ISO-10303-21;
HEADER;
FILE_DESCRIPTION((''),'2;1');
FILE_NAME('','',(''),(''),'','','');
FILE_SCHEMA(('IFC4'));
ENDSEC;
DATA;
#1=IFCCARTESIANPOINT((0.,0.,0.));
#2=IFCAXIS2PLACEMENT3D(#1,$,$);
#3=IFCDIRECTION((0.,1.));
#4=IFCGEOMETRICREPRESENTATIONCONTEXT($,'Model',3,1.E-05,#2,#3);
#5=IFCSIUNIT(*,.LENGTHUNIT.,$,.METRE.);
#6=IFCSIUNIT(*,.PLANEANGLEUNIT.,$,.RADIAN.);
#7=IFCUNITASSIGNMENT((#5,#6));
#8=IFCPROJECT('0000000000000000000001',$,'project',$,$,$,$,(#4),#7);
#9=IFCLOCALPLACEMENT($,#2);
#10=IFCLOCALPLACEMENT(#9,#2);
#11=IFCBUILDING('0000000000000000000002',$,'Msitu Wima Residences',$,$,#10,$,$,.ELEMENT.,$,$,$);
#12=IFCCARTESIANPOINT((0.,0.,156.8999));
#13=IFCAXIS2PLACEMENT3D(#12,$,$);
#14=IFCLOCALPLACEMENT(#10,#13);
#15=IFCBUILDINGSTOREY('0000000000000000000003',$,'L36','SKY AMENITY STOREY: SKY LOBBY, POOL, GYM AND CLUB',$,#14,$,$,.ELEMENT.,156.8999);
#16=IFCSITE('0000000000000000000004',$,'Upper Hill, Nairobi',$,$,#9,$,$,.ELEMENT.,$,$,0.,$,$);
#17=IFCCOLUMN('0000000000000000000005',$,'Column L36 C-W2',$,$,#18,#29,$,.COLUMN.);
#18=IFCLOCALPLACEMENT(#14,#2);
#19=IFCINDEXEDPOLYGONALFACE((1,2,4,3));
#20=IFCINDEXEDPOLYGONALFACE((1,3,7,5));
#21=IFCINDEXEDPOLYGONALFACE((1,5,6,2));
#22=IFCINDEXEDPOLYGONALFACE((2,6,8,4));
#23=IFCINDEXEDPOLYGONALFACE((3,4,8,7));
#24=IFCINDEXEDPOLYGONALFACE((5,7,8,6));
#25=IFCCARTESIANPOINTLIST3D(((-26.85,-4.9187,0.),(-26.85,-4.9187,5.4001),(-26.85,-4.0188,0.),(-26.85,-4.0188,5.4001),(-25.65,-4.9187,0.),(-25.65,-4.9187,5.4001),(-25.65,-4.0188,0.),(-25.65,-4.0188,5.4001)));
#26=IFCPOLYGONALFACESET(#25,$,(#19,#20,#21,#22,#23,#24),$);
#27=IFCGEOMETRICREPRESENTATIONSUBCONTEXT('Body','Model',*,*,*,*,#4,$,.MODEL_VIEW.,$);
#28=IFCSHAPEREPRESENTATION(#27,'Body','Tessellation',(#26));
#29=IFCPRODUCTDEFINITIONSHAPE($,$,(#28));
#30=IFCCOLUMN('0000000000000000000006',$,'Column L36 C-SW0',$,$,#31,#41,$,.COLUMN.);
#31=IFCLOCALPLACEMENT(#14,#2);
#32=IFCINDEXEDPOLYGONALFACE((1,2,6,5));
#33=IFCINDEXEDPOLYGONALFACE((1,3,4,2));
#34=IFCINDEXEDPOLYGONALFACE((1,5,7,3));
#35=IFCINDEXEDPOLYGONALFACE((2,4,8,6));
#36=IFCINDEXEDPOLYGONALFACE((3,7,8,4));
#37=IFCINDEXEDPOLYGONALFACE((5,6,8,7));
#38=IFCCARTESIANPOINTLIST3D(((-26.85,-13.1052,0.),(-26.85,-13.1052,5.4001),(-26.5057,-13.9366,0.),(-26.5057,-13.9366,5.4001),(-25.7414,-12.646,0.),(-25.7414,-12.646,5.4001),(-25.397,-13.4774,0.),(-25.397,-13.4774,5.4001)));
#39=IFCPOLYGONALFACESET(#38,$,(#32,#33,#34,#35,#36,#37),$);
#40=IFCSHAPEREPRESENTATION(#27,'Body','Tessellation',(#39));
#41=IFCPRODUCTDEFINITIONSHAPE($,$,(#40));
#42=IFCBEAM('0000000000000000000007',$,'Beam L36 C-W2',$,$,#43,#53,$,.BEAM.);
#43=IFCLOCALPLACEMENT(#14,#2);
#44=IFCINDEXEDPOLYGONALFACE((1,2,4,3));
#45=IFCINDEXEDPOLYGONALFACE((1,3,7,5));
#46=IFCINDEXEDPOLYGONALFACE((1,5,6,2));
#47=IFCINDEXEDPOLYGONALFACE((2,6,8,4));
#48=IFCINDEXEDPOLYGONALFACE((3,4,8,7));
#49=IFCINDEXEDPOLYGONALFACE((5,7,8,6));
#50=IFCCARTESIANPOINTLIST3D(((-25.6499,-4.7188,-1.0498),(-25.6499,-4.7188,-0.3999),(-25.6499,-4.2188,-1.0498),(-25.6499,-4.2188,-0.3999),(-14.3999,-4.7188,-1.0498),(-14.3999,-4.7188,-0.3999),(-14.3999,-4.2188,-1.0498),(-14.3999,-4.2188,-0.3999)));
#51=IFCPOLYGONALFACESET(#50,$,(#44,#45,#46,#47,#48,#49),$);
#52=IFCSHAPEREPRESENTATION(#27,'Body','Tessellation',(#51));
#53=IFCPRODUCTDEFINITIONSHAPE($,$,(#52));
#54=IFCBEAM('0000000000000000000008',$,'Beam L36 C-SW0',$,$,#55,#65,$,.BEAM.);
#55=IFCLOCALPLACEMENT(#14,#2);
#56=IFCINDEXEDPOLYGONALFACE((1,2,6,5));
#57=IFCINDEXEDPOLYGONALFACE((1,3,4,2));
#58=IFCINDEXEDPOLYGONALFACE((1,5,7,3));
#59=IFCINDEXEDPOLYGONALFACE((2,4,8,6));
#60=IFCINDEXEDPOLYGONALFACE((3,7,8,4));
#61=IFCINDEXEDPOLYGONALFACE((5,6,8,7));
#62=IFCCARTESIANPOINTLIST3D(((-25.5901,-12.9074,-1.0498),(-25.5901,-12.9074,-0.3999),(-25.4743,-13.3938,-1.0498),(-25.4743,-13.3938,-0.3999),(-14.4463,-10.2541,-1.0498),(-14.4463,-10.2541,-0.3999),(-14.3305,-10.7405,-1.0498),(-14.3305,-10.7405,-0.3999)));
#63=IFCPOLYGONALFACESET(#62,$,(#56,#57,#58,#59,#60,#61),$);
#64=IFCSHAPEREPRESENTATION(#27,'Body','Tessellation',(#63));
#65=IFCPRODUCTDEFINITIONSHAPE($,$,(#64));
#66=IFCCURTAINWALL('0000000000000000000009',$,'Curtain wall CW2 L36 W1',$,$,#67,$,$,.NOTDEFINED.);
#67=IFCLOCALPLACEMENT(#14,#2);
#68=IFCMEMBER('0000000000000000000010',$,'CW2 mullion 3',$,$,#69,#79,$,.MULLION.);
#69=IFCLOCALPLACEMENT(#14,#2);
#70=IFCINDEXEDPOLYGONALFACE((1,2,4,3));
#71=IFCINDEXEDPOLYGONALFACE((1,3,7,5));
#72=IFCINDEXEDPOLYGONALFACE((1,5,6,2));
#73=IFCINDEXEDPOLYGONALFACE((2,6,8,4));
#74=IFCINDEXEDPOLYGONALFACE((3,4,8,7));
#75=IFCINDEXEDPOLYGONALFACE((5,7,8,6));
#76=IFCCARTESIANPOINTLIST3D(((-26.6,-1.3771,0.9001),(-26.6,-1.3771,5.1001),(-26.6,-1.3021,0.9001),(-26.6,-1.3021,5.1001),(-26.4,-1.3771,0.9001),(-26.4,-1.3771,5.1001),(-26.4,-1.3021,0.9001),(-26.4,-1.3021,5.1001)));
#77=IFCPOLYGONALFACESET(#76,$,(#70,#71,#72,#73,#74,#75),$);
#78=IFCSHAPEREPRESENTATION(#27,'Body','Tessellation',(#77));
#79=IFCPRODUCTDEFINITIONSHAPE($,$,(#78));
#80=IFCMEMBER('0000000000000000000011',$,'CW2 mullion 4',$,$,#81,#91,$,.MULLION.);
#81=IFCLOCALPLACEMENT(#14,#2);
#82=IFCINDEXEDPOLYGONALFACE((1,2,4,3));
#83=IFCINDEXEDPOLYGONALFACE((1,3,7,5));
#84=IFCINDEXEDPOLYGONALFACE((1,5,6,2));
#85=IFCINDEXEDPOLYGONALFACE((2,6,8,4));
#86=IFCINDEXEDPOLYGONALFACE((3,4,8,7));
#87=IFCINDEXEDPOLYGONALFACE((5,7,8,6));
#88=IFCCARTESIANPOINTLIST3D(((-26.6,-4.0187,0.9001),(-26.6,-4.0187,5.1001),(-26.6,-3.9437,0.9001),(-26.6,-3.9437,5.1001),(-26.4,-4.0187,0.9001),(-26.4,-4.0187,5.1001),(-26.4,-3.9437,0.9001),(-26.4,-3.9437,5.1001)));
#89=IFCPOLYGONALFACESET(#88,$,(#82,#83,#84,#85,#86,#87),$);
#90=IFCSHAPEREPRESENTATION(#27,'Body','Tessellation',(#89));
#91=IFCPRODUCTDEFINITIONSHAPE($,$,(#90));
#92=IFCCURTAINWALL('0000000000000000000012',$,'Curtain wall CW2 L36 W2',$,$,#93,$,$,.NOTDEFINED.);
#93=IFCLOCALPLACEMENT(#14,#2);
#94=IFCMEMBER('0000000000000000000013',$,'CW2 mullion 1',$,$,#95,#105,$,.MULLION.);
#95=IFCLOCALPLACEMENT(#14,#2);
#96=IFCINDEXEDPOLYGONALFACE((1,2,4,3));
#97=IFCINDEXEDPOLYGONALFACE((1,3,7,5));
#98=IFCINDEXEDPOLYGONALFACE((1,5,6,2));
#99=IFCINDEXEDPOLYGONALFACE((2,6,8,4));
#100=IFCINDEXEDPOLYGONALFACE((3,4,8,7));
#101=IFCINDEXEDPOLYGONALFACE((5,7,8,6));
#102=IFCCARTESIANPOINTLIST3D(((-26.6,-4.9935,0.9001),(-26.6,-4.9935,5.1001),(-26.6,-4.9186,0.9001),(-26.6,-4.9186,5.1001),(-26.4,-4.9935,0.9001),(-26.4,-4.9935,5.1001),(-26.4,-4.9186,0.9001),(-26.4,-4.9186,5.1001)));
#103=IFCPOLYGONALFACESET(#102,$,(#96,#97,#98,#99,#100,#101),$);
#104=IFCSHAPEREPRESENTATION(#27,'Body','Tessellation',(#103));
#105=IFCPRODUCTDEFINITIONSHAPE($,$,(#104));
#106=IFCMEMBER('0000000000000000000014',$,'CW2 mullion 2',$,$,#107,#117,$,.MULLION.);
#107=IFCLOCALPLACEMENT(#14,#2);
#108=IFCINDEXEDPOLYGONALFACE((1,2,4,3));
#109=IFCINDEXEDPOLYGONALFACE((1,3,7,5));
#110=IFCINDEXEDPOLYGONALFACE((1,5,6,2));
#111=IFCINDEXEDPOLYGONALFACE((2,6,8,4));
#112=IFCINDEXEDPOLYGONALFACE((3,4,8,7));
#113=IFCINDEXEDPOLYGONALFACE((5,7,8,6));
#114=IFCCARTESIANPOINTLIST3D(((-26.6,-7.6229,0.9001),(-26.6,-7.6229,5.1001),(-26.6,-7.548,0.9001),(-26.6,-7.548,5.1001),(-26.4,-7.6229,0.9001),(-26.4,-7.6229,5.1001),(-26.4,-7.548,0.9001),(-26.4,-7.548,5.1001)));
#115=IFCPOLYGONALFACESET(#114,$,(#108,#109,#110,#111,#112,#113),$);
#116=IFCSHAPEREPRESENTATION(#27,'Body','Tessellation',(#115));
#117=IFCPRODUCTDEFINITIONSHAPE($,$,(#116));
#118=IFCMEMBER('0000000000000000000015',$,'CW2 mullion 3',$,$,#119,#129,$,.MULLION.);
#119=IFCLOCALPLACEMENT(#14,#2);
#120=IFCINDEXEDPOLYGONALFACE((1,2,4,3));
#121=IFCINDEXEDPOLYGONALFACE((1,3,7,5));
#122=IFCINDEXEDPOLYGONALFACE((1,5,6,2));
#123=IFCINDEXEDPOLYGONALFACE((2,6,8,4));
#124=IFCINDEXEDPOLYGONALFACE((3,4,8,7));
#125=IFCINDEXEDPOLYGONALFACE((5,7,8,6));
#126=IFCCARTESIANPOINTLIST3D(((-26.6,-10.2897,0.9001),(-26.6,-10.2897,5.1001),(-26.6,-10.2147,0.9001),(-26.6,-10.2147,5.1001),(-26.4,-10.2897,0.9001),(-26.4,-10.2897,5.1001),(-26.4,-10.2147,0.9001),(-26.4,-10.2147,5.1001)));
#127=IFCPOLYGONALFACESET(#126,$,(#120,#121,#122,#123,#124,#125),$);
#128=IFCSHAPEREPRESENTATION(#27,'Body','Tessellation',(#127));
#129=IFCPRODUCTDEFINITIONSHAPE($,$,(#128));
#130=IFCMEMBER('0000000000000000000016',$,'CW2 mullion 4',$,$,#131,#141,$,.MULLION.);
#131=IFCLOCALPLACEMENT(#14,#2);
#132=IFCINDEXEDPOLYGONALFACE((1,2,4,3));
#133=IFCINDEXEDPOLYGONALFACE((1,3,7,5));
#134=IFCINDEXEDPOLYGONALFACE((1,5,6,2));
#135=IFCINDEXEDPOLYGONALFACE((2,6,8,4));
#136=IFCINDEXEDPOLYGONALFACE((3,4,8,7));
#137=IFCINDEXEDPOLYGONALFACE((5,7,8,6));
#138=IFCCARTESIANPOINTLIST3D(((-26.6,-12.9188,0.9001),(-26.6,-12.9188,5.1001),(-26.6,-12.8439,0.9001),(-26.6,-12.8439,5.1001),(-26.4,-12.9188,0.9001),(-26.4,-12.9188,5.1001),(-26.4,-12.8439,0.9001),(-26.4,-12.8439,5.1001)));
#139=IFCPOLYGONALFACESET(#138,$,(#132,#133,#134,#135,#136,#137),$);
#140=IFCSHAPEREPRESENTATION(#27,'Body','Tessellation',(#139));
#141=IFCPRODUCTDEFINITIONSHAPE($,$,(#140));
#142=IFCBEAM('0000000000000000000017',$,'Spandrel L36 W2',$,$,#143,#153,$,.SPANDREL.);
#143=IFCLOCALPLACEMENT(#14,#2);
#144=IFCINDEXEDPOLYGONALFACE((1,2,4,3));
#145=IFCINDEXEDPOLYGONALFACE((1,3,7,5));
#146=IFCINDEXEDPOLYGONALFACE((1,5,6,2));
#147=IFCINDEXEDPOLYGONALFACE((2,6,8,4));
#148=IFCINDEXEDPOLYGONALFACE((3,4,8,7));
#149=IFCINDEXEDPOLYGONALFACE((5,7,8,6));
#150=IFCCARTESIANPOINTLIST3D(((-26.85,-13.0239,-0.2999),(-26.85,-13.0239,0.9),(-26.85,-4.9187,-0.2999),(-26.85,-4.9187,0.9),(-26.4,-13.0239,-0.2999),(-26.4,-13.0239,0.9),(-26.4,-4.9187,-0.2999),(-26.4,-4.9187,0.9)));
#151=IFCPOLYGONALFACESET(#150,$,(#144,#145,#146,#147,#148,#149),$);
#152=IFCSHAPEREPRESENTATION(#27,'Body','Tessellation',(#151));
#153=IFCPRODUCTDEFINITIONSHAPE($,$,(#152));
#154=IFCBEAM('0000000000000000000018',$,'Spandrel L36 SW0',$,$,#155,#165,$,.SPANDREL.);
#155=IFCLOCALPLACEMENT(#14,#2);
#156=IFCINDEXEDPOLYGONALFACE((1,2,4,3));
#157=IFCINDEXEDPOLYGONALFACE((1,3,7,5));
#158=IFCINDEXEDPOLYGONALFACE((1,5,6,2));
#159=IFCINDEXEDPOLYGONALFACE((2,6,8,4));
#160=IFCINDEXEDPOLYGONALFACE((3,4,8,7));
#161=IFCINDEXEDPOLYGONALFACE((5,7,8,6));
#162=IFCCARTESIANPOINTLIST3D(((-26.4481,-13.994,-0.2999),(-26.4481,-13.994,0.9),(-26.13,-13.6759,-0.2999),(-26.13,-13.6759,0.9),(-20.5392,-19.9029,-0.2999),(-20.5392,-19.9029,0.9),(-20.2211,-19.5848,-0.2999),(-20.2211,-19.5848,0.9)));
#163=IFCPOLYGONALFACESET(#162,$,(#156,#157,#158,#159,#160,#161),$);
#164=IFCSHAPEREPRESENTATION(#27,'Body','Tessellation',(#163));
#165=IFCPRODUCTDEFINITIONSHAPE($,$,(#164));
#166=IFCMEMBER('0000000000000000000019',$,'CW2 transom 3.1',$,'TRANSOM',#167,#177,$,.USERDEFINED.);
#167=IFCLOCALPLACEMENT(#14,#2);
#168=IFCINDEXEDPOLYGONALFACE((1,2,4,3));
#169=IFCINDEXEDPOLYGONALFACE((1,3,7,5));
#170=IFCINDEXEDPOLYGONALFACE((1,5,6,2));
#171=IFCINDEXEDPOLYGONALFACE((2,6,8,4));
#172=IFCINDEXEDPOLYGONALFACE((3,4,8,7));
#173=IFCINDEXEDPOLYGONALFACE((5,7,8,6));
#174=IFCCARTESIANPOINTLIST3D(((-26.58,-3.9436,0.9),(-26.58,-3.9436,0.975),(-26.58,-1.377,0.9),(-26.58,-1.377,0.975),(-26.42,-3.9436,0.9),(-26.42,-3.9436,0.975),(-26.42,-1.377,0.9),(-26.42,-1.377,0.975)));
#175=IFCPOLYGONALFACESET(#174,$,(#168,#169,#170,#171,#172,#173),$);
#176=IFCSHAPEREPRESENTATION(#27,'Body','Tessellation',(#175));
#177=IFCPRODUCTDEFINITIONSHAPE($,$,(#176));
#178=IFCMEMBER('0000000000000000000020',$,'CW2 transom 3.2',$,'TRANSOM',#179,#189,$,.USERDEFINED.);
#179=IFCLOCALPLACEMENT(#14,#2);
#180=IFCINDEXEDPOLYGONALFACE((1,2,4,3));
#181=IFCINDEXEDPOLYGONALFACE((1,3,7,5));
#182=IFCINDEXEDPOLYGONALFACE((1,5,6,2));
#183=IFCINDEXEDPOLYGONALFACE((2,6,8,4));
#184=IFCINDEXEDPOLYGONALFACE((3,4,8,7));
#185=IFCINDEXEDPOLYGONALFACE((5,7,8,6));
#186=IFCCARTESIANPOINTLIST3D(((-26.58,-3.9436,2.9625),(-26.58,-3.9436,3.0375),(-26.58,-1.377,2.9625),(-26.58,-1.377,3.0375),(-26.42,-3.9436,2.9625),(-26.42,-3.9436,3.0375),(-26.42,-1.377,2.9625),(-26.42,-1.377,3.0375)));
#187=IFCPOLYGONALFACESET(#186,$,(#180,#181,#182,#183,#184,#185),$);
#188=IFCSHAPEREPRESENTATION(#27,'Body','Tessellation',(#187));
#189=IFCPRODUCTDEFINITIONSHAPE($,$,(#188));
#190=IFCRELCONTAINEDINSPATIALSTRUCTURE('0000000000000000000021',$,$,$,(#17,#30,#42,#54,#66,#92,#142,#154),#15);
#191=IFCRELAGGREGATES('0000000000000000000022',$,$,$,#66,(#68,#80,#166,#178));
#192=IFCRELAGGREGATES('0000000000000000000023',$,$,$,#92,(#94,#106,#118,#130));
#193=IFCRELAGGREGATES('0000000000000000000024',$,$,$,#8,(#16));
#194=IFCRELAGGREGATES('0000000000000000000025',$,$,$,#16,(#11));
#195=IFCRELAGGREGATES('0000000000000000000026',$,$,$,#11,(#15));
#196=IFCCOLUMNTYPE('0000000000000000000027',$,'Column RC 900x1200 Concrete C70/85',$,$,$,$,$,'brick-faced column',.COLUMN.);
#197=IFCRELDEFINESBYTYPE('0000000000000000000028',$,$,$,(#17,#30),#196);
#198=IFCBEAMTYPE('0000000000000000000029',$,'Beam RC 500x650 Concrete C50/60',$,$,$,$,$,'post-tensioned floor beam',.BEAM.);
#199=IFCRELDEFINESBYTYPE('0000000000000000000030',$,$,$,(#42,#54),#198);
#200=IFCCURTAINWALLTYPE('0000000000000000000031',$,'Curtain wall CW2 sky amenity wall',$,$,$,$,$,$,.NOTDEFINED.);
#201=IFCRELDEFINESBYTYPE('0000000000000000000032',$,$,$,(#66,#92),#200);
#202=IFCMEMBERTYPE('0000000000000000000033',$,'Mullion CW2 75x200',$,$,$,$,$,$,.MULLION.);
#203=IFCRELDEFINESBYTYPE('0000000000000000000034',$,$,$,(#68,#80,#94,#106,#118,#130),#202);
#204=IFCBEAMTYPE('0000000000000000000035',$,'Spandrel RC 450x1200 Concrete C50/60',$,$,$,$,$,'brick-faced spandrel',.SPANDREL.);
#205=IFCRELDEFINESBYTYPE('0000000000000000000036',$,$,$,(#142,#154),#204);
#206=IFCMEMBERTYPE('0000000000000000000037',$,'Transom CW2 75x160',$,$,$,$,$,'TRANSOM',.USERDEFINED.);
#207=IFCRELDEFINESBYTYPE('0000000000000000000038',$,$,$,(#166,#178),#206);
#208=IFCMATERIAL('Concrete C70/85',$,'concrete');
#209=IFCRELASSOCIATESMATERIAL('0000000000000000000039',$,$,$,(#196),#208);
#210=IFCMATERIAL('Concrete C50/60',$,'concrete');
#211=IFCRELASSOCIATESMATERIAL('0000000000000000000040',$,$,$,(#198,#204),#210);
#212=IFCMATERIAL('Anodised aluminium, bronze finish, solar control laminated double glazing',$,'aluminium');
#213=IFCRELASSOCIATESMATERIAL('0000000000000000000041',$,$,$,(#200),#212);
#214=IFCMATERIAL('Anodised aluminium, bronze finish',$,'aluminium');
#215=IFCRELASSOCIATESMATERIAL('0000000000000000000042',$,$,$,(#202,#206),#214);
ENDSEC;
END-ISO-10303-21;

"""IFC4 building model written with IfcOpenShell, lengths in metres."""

from ifc_helpers import new_model, si_unit, direction, frame, origin, origin_2d, place, context, subcontext, project, spatial, rectangle, extrude, material, material_profile, profile_set, type_object, element, aggregate, save


model = new_model("IFC4")

# Units and contexts
model_context = context("Model", 3, precision=1e-05, world=origin(), true_north=direction((0.0, 1.0)))
body_context = subcontext(model_context, "Body", "Model", "MODEL_VIEW")
ifc_project = project(units=[si_unit("LENGTHUNIT", "METRE"), si_unit("PLANEANGLEUNIT", "RADIAN")], contexts=[model_context])

# Site, building, storey
site_placement = place(None, origin())
site = spatial("IfcSite", under=ifc_project, at=site_placement, Name="Upper Hill, Nairobi", CompositionType="ELEMENT", RefElevation=0.0)
building_placement = place(site_placement, origin())
building = spatial("IfcBuilding", under=site, at=building_placement, Name="Msitu Wima Residences", CompositionType="ELEMENT")
storey_placement = place(building_placement, frame((0.0, 0.0, 156.8999)))
storey = spatial("IfcBuildingStorey", under=building, at=storey_placement, Name="L36", Description="SKY AMENITY STOREY: SKY LOBBY, POOL, GYM AND CLUB", CompositionType="ELEMENT", Elevation=156.8999)

# Columns
ifc_material_1 = material(Name="Concrete C70/85", Category="concrete")
ifc_material_profile_1 = material_profile(ifc_material_1, rectangle(XDim=0.8999, YDim=1.2, at=origin_2d()), Name="RC 900x1200")
ifc_profile_set_1 = profile_set([ifc_material_profile_1], Name="Concrete C70/85")
column_type = type_object("IfcColumnType", Name="Column RC 900x1200 Concrete C70/85", ElementType="brick-faced column", PredefinedType="COLUMN", material=ifc_profile_set_1)
for number, where, z_axis, x_axis, name in (
    (1, (-26.25, -4.4688, 0.0), (0.0, 0.0, 1.0), (0.0, -1.0, 0.0), "Column L36 C-W2"),
    (2, (-26.1235, -13.2913, 0.0), (0.0, 0.0, 1.0), (0.382683, -0.92388, 0.0), "Column L36 C-SW0"),
):
    element("IfcColumn", number, at=place(storey_placement, frame(where, z_axis=z_axis, x_axis=x_axis)), inside=storey, type_object=column_type, Name=name, PredefinedType="COLUMN", context=body_context, shape_type="SweptSolid", body=[
        extrude(rectangle(XDim=0.8999, YDim=1.2, at=origin_2d()), origin(), (0.0, 0.0, 1.0), 5.4001),
    ])

# Beams
ifc_material_2 = material(Name="Concrete C50/60", Category="concrete")
ifc_material_profile_2 = material_profile(ifc_material_2, rectangle(XDim=0.5, YDim=0.6499, at=origin_2d()), Name="RC 500x650")
ifc_profile_set_2 = profile_set([ifc_material_profile_2], Name="Concrete C50/60")
beam_type_1 = type_object("IfcBeamType", Name="Beam RC 500x650 Concrete C50/60", ElementType="post-tensioned floor beam", PredefinedType="BEAM", material=ifc_profile_set_2)
beam_1_placement = place(storey_placement, frame((-25.6499, -4.4688, -0.7249), z_axis=(1.0, 0.0, 0.0), x_axis=(0.0, 1.0, 0.0)))
element("IfcBeam", 3, at=beam_1_placement, inside=storey, type_object=beam_type_1, Name="Beam L36 C-W2", PredefinedType="BEAM", context=body_context, shape_type="SweptSolid", body=[
    extrude(rectangle(XDim=0.5, YDim=0.6499, at=origin_2d()), origin(), (0.0, 0.0, 1.0), 11.25),
])
beam_2_placement = place(storey_placement, frame((-25.5322, -13.1506, -0.7249), z_axis=(0.972806, 0.231623, 0.0), x_axis=(-0.231623, 0.972806, 0.0)))
element("IfcBeam", 4, at=beam_2_placement, inside=storey, type_object=beam_type_1, Name="Beam L36 C-SW0", PredefinedType="BEAM", context=body_context, shape_type="SweptSolid", body=[
    extrude(rectangle(XDim=0.5, YDim=0.6499, at=origin_2d()), origin(), (0.0, 0.0, 1.0), 11.4553),
])

# Curtain walls, members
ifc_material_3 = material(Name="Anodised aluminium, bronze finish, solar control laminated double glazing", Category="aluminium")
curtain_wall_type = type_object("IfcCurtainWallType", Name="Curtain wall CW2 sky amenity wall", PredefinedType="NOTDEFINED", material=ifc_material_3)
curtain_wall_1_placement = place(storey_placement, origin())
curtain_wall_1 = element("IfcCurtainWall", 5, at=curtain_wall_1_placement, inside=storey, type_object=curtain_wall_type, Name="Curtain wall CW2 L36 W1", PredefinedType="NOTDEFINED")
ifc_material_4 = material(Name="Anodised aluminium, bronze finish", Category="aluminium")
ifc_material_profile_3 = material_profile(ifc_material_4, rectangle(XDim=0.2, YDim=0.075, at=origin_2d()), Name="Mullion 75x200")
ifc_profile_set_3 = profile_set([ifc_material_profile_3], Name="Anodised aluminium, bronze finish")
member_type_1 = type_object("IfcMemberType", Name="Mullion CW2 75x200", PredefinedType="MULLION", material=ifc_profile_set_3)
member_1_placement = place(storey_placement, frame((-26.5, -1.3396, 0.9001), z_axis=(0.0, 0.0, 1.0), x_axis=(1.0, 0.0, 0.0)))
member_1 = element("IfcMember", 6, at=member_1_placement, type_object=member_type_1, Name="CW2 mullion 3", PredefinedType="MULLION", context=body_context, shape_type="SweptSolid", body=[
    extrude(rectangle(XDim=0.2, YDim=0.075, at=origin_2d()), origin(), (0.0, 0.0, 1.0), 4.2),
])
member_2_placement = place(storey_placement, frame((-26.5, -3.9812, 0.9001), z_axis=(0.0, 0.0, 1.0), x_axis=(1.0, 0.0, 0.0)))
member_2 = element("IfcMember", 7, at=member_2_placement, type_object=member_type_1, Name="CW2 mullion 4", PredefinedType="MULLION", context=body_context, shape_type="SweptSolid", body=[
    extrude(rectangle(XDim=0.2, YDim=0.075, at=origin_2d()), origin(), (0.0, 0.0, 1.0), 4.2),
])
curtain_wall_2_placement = place(storey_placement, origin())
curtain_wall_2 = element("IfcCurtainWall", 8, at=curtain_wall_2_placement, inside=storey, type_object=curtain_wall_type, Name="Curtain wall CW2 L36 W2", PredefinedType="NOTDEFINED")
member_3_placement = place(storey_placement, frame((-26.5, -4.9561, 0.9001), z_axis=(0.0, 0.0, 1.0), x_axis=(1.0, 0.0, 0.0)))
member_3 = element("IfcMember", 9, at=member_3_placement, type_object=member_type_1, Name="CW2 mullion 1", PredefinedType="MULLION", context=body_context, shape_type="SweptSolid", body=[
    extrude(rectangle(XDim=0.2, YDim=0.075, at=origin_2d()), origin(), (0.0, 0.0, 1.0), 4.2),
])
member_4_placement = place(storey_placement, frame((-26.5, -7.5854, 0.9001), z_axis=(0.0, 0.0, 1.0), x_axis=(1.0, 0.0, 0.0)))
member_4 = element("IfcMember", 10, at=member_4_placement, type_object=member_type_1, Name="CW2 mullion 2", PredefinedType="MULLION", context=body_context, shape_type="SweptSolid", body=[
    extrude(rectangle(XDim=0.2, YDim=0.075, at=origin_2d()), origin(), (0.0, 0.0, 1.0), 4.2),
])
member_5_placement = place(storey_placement, frame((-26.5, -10.2522, 0.9001), z_axis=(0.0, 0.0, 1.0), x_axis=(1.0, 0.0, 0.0)))
member_5 = element("IfcMember", 11, at=member_5_placement, type_object=member_type_1, Name="CW2 mullion 3", PredefinedType="MULLION", context=body_context, shape_type="SweptSolid", body=[
    extrude(rectangle(XDim=0.2, YDim=0.075, at=origin_2d()), origin(), (0.0, 0.0, 1.0), 4.2),
])
member_6_placement = place(storey_placement, frame((-26.5, -12.8813, 0.9001), z_axis=(0.0, 0.0, 1.0), x_axis=(1.0, 0.0, 0.0)))
member_6 = element("IfcMember", 12, at=member_6_placement, type_object=member_type_1, Name="CW2 mullion 4", PredefinedType="MULLION", context=body_context, shape_type="SweptSolid", body=[
    extrude(rectangle(XDim=0.2, YDim=0.075, at=origin_2d()), origin(), (0.0, 0.0, 1.0), 4.2),
])

# Beams
ifc_material_profile_4 = material_profile(ifc_material_2, rectangle(XDim=0.45, YDim=1.2, at=origin_2d()), Name="RC 450x1200")
ifc_profile_set_4 = profile_set([ifc_material_profile_4], Name="Concrete C50/60")
beam_type_2 = type_object("IfcBeamType", Name="Spandrel RC 450x1200 Concrete C50/60", ElementType="brick-faced spandrel", PredefinedType="SPANDREL", material=ifc_profile_set_4)
beam_3_placement = place(storey_placement, frame((-26.625, -4.9187, 0.3), z_axis=(0.0, -1.0, 0.0), x_axis=(1.0, 0.0, 0.0)))
element("IfcBeam", 13, at=beam_3_placement, inside=storey, type_object=beam_type_2, Name="Spandrel L36 W2", PredefinedType="SPANDREL", context=body_context, shape_type="SweptSolid", body=[
    extrude(rectangle(XDim=0.45, YDim=1.2, at=origin_2d()), origin(), (0.0, 0.0, 1.0), 8.1052),
])
beam_4_placement = place(storey_placement, frame((-26.2891, -13.835, 0.3), z_axis=(0.707107, -0.707107, 0.0), x_axis=(0.707107, 0.707107, 0.0)))
element("IfcBeam", 14, at=beam_4_placement, inside=storey, type_object=beam_type_2, Name="Spandrel L36 SW0", PredefinedType="SPANDREL", context=body_context, shape_type="SweptSolid", body=[
    extrude(rectangle(XDim=0.45, YDim=1.2, at=origin_2d()), origin(), (0.0, 0.0, 1.0), 8.3564),
])

# Members
ifc_material_profile_5 = material_profile(ifc_material_4, rectangle(XDim=0.1599, YDim=0.075, at=origin_2d()), Name="Transom 75x160")
ifc_profile_set_5 = profile_set([ifc_material_profile_5], Name="Anodised aluminium, bronze finish")
member_type_2 = type_object("IfcMemberType", Name="Transom CW2 75x160", ElementType="TRANSOM", PredefinedType="USERDEFINED", material=ifc_profile_set_5)
member_7_placement = place(storey_placement, frame((-26.5, -1.377, 0.9375), z_axis=(0.0, -1.0, 0.0), x_axis=(1.0, 0.0, 0.0)))
member_7 = element("IfcMember", 15, at=member_7_placement, type_object=member_type_2, Name="CW2 transom 3.1", ObjectType="TRANSOM", PredefinedType="USERDEFINED", context=body_context, shape_type="SweptSolid", body=[
    extrude(rectangle(XDim=0.1599, YDim=0.075, at=origin_2d()), origin(), (0.0, 0.0, 1.0), 2.5667),
])
member_8_placement = place(storey_placement, frame((-26.5, -1.377, 3.0), z_axis=(0.0, -1.0, 0.0), x_axis=(1.0, 0.0, 0.0)))
member_8 = element("IfcMember", 16, at=member_8_placement, type_object=member_type_2, Name="CW2 transom 3.2", ObjectType="TRANSOM", PredefinedType="USERDEFINED", context=body_context, shape_type="SweptSolid", body=[
    extrude(rectangle(XDim=0.1599, YDim=0.075, at=origin_2d()), origin(), (0.0, 0.0, 1.0), 2.5667),
])

aggregate(curtain_wall_1, [member_1, member_2, member_7, member_8])
aggregate(curtain_wall_2, [member_3, member_4, member_5, member_6])

save(model, "model.ifc")
